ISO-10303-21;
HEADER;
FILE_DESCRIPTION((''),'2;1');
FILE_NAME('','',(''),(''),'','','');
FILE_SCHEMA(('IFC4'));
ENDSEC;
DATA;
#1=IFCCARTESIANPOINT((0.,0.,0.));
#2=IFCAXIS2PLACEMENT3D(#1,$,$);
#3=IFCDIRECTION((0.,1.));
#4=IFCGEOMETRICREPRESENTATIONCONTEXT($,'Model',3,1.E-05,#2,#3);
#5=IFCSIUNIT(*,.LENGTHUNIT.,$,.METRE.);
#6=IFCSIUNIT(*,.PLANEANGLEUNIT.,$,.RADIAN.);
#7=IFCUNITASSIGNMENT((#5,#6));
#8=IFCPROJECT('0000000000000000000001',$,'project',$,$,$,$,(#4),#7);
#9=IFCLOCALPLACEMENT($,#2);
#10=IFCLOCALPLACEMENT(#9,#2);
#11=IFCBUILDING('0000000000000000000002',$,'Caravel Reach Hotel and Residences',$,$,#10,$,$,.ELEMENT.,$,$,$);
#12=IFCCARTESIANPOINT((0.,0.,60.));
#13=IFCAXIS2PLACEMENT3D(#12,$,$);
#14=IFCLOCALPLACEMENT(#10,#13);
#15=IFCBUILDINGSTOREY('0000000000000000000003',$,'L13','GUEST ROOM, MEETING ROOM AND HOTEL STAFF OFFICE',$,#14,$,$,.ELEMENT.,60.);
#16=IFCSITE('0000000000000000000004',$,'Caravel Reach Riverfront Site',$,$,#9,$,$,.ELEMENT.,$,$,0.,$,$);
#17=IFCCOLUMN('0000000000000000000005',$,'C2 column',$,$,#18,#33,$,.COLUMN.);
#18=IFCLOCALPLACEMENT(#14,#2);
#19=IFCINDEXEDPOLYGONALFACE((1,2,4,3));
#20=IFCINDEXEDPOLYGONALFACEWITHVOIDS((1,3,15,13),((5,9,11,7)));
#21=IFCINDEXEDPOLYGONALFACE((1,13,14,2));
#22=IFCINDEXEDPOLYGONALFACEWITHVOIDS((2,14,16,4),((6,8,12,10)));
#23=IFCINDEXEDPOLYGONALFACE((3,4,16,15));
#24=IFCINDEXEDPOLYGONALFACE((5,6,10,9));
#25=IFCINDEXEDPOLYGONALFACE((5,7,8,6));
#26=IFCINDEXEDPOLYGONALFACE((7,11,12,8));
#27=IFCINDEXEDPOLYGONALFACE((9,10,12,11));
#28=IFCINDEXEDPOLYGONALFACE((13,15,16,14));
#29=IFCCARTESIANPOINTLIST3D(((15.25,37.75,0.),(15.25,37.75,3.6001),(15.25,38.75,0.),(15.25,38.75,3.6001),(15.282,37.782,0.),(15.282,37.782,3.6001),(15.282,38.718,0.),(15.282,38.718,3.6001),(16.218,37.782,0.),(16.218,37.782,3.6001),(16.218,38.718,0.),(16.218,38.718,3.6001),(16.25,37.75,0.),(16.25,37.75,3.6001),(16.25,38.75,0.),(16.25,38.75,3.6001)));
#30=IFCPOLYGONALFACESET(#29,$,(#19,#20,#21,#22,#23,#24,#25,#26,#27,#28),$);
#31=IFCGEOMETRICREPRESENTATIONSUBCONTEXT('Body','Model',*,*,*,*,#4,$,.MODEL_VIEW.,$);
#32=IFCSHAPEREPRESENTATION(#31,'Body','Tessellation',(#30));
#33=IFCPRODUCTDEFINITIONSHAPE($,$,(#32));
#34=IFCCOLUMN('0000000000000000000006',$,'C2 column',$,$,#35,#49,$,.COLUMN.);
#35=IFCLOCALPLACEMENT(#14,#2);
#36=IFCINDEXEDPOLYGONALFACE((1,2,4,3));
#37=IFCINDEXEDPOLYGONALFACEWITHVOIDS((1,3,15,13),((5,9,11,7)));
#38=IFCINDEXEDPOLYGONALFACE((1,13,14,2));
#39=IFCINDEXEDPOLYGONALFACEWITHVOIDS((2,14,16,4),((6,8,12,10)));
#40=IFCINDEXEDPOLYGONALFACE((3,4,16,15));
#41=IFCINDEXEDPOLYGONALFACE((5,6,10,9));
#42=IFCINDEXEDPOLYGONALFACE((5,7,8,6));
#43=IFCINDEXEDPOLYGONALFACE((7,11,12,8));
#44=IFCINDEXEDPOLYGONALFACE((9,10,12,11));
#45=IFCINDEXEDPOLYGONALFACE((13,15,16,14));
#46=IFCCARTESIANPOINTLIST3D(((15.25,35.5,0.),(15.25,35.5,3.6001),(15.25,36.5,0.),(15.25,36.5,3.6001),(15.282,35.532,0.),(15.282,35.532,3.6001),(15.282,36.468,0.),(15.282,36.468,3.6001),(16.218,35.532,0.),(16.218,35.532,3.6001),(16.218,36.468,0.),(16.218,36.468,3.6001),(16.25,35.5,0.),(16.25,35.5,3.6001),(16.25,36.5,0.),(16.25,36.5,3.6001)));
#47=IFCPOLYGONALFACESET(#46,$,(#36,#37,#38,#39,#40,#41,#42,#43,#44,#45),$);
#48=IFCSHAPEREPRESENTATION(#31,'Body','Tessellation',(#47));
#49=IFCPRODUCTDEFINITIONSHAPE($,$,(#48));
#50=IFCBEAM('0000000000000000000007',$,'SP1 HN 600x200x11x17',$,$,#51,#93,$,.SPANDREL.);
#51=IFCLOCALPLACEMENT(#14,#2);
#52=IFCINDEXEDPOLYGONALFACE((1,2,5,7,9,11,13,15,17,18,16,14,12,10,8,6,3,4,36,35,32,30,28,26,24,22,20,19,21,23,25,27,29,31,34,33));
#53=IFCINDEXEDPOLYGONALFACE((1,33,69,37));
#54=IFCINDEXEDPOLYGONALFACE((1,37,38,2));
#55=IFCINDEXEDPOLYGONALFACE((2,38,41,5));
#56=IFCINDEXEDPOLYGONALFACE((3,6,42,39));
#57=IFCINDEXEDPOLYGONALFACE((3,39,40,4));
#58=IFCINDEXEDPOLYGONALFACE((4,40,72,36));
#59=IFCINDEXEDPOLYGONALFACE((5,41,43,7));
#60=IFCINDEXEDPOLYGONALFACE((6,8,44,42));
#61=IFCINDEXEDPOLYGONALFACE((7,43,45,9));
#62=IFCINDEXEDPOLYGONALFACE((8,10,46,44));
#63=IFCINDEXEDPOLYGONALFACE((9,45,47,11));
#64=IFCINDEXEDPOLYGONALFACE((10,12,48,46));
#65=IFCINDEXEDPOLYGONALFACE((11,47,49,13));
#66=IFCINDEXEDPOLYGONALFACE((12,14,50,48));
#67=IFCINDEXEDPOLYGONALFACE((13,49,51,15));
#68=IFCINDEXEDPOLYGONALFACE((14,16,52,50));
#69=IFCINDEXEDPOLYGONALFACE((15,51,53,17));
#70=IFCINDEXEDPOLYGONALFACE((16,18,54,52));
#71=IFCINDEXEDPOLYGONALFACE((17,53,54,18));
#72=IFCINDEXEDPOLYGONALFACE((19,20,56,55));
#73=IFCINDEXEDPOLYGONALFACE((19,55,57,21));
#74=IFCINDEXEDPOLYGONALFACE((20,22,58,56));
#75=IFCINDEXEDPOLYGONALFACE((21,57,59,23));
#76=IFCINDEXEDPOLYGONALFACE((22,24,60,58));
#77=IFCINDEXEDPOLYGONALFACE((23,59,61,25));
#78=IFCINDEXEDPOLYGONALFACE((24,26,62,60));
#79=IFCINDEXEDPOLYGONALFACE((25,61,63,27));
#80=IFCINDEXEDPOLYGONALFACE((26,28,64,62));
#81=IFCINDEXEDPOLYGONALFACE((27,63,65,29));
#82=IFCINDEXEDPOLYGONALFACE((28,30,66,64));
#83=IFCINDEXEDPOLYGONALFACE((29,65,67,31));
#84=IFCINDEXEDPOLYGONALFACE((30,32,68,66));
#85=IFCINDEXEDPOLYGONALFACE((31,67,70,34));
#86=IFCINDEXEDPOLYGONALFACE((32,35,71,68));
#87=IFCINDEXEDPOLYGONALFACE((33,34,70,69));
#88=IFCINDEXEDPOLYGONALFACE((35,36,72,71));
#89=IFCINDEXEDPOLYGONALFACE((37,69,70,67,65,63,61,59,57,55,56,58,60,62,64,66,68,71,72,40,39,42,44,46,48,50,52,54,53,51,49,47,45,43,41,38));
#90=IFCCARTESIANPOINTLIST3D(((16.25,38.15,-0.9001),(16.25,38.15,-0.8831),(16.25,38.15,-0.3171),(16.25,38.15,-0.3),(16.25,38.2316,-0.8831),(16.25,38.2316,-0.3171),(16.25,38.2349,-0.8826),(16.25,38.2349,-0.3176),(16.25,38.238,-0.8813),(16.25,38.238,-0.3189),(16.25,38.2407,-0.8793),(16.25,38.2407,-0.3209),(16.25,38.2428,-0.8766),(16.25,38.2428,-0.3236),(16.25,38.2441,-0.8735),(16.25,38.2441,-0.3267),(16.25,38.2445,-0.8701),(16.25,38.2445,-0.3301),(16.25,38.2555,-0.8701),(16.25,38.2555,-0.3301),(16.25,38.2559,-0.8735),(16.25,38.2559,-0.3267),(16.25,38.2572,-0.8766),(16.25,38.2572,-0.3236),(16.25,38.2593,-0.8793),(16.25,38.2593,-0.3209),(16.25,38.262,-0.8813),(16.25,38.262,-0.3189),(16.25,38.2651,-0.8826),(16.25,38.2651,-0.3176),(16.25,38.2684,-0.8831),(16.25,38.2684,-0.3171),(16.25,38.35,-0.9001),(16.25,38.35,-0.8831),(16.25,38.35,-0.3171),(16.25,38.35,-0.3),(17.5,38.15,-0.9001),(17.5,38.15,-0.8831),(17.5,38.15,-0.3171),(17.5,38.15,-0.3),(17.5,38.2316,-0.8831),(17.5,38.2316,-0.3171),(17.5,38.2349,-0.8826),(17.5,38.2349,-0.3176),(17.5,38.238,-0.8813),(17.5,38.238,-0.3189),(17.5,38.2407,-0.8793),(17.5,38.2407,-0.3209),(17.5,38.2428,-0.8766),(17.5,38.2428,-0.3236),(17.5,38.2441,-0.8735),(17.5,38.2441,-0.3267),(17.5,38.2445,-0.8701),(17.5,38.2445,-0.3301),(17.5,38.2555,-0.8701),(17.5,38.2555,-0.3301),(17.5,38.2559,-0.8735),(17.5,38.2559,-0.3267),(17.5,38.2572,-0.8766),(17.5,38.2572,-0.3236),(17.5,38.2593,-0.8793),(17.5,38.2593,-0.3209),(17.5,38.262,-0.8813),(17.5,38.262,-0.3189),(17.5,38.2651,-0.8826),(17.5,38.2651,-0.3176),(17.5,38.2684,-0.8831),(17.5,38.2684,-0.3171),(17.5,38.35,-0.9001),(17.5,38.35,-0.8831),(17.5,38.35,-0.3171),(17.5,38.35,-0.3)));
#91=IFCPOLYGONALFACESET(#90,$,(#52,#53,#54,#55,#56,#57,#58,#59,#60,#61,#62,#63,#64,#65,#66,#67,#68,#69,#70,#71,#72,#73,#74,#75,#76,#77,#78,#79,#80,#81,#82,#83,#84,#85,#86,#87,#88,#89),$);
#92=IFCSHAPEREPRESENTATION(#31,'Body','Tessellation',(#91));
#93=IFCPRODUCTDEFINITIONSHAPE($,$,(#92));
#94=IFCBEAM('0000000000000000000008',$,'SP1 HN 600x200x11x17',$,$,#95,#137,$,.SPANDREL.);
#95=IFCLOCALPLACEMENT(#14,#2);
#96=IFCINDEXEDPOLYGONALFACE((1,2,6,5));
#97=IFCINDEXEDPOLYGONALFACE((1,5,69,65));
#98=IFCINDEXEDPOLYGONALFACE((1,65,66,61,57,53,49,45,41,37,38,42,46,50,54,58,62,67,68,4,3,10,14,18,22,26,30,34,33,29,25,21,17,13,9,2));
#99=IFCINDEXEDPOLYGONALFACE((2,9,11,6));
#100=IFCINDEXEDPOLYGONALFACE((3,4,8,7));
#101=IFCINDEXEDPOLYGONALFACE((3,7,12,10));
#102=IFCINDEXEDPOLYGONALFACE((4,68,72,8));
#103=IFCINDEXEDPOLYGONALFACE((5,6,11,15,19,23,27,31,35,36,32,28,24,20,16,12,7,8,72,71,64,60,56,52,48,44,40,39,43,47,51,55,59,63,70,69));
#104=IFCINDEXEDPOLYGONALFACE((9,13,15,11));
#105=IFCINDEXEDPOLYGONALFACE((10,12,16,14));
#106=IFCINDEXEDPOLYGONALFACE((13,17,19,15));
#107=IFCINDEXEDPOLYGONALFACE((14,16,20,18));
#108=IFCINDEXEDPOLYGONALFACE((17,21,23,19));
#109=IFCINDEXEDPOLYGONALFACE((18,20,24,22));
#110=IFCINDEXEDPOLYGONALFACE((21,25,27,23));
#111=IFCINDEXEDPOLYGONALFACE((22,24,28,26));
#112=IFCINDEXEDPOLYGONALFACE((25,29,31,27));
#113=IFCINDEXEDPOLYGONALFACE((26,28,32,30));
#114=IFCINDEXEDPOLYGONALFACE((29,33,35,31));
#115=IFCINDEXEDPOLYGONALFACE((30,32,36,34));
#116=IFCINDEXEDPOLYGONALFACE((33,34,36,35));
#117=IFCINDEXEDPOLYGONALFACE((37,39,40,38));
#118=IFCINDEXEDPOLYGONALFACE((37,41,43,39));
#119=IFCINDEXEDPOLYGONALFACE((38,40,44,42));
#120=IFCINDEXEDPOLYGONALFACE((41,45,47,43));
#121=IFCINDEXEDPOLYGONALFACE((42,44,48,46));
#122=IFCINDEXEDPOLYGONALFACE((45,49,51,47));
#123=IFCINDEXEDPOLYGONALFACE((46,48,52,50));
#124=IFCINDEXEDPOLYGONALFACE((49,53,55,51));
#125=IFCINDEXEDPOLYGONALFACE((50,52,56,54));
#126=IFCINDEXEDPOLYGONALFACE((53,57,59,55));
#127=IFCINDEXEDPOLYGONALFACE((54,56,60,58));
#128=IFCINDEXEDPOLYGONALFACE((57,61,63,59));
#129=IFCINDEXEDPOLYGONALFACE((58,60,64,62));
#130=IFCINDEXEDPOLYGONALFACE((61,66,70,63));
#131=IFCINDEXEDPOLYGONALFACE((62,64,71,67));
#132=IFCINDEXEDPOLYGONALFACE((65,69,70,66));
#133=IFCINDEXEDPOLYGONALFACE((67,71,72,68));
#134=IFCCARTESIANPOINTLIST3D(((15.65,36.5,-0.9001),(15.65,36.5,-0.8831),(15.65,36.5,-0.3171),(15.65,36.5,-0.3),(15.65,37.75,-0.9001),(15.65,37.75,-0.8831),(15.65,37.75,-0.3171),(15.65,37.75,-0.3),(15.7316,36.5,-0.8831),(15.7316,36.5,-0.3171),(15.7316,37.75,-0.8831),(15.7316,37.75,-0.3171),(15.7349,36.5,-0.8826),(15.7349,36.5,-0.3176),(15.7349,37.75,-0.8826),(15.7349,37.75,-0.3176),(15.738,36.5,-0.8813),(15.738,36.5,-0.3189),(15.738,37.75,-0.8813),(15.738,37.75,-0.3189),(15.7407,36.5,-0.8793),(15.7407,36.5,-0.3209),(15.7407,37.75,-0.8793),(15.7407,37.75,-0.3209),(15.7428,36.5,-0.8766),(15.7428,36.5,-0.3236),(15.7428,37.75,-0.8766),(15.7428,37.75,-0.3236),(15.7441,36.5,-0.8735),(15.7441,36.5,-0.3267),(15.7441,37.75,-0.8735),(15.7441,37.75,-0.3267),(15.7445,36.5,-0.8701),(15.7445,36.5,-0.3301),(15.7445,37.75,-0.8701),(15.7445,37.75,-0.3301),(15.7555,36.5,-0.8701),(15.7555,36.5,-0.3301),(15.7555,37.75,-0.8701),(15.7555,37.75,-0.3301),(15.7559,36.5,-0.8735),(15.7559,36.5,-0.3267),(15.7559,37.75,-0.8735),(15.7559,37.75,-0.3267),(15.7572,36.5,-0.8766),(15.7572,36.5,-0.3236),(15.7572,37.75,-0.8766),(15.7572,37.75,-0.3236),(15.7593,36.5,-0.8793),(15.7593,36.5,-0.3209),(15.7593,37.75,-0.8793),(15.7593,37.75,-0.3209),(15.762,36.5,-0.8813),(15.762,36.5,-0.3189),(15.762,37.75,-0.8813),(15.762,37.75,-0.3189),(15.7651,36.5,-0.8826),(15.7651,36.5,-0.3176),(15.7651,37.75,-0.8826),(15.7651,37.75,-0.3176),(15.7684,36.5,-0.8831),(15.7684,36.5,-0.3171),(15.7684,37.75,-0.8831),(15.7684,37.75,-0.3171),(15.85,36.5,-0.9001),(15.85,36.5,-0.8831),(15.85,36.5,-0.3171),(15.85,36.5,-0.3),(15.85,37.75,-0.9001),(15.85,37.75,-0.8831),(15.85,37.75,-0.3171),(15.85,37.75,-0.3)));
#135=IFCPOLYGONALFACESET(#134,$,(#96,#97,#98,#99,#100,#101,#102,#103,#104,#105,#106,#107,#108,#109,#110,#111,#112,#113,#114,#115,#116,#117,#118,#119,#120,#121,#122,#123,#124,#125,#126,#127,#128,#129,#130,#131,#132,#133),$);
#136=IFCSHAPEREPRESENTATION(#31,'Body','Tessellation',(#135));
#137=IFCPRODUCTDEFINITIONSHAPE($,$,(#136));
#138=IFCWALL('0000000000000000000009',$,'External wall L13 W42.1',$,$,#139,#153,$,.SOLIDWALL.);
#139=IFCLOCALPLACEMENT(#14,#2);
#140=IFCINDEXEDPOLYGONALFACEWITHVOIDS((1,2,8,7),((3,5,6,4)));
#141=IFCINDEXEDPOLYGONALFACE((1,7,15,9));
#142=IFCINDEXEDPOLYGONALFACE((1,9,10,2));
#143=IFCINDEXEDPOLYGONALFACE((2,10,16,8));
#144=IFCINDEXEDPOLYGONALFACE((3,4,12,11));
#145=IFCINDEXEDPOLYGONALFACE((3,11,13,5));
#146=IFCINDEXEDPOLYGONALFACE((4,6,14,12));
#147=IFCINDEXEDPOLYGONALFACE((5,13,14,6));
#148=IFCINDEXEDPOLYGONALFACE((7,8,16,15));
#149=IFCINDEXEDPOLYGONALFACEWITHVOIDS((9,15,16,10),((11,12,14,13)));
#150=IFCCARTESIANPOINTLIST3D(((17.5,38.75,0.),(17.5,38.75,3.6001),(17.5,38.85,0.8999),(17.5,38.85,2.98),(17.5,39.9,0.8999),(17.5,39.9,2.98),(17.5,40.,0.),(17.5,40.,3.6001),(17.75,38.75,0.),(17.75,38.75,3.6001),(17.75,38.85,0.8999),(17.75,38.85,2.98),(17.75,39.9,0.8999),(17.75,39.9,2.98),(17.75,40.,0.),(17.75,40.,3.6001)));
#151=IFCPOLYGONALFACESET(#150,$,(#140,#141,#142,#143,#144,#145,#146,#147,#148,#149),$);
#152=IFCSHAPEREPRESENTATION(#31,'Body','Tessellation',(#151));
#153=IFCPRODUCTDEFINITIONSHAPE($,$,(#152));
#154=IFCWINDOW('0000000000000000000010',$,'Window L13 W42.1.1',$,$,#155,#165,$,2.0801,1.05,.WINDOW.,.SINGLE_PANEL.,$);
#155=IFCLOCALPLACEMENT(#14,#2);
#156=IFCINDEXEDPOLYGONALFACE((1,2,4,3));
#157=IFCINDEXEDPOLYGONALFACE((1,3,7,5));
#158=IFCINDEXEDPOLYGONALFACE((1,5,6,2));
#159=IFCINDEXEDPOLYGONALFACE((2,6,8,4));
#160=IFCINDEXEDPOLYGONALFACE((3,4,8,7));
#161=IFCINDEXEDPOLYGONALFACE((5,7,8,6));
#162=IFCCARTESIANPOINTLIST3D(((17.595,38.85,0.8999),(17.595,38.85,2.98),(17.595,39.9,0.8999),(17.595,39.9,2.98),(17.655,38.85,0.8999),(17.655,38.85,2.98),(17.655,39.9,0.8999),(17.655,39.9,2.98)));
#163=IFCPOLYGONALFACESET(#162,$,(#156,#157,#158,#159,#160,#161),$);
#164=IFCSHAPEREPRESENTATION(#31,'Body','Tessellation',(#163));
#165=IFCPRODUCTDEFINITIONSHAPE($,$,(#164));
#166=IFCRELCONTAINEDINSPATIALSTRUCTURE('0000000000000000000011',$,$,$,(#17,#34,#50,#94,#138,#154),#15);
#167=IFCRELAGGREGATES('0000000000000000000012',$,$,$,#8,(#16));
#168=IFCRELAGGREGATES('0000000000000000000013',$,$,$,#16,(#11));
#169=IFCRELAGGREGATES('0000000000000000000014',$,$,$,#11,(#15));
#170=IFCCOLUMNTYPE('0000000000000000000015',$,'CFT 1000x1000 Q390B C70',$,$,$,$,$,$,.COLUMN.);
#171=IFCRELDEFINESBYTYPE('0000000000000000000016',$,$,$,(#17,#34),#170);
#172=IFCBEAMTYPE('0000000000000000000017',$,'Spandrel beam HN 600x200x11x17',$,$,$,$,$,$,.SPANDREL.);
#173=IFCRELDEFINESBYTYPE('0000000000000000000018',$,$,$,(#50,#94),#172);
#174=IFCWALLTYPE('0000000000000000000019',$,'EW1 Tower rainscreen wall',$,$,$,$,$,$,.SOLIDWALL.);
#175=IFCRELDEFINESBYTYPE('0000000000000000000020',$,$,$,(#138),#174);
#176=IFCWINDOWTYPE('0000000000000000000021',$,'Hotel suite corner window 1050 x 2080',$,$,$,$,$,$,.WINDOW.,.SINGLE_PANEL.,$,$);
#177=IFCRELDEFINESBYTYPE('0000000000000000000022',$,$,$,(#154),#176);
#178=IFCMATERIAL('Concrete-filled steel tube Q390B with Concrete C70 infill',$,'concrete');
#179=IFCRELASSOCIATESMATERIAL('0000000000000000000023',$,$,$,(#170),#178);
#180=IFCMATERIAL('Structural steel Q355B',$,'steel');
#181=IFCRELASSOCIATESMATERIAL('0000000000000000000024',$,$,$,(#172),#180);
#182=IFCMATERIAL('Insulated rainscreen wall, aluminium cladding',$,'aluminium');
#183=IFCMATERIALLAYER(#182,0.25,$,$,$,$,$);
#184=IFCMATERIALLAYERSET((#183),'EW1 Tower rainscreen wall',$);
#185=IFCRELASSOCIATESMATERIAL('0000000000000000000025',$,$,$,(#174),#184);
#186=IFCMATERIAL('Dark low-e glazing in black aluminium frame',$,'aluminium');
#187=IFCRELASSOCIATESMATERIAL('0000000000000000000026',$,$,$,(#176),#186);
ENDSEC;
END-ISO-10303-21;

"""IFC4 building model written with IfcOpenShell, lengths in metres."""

from ifc_helpers import new_model, si_unit, direction, frame, frame_2d, origin, origin_2d, place, context, subcontext, project, spatial, rectangle, hollow_rectangle, i_section, extrude, material, layer, layer_set, material_profile, profile_set, type_object, element, fill, save


model = new_model("IFC4")

# Units and contexts
model_context = context("Model", 3, precision=1e-05, world=origin(), true_north=direction((0.0, 1.0)))
body_context = subcontext(model_context, "Body", "Model", "MODEL_VIEW")
ifc_project = project(units=[si_unit("LENGTHUNIT", "METRE"), si_unit("PLANEANGLEUNIT", "RADIAN")], contexts=[model_context])

# Site, building, storey
site_placement = place(None, origin())
site = spatial("IfcSite", under=ifc_project, at=site_placement, Name="Caravel Reach Riverfront Site", CompositionType="ELEMENT", RefElevation=0.0)
building_placement = place(site_placement, origin())
building = spatial("IfcBuilding", under=site, at=building_placement, Name="Caravel Reach Hotel and Residences", CompositionType="ELEMENT")
storey_placement = place(building_placement, frame((0.0, 0.0, 60.0)))
storey = spatial("IfcBuildingStorey", under=building, at=storey_placement, Name="L13", Description="GUEST ROOM, MEETING ROOM AND HOTEL STAFF OFFICE", CompositionType="ELEMENT", Elevation=60.0)

# Columns
ifc_material_1 = material(Name="Concrete-filled steel tube Q390B with Concrete C70 infill", Category="concrete")
ifc_material_profile_1 = material_profile(ifc_material_1, hollow_rectangle(XDim=1.0, YDim=1.0, WallThickness=0.032, at=origin_2d()), Name="RHS 1000x1000x32")
ifc_profile_set_1 = profile_set([ifc_material_profile_1], Name="Concrete-filled steel tube Q390B with Concrete C70 infill")
column_type = type_object("IfcColumnType", Name="CFT 1000x1000 Q390B C70", PredefinedType="COLUMN", material=ifc_profile_set_1)
for number, where, z_axis, x_axis, name in (
    (1, (15.75, 38.25, 0.0), (0.0, 0.0, 1.0), (1.0, 0.0, 0.0), "C2 column"),
    (2, (15.75, 36.0, 0.0), (0.0, 0.0, 1.0), (1.0, 0.0, 0.0), "C2 column"),
):
    element("IfcColumn", number, at=place(storey_placement, frame(where, z_axis=z_axis, x_axis=x_axis)), inside=storey, type_object=column_type, Name=name, PredefinedType="COLUMN", context=body_context, shape_type="SweptSolid", body=[
        extrude(hollow_rectangle(XDim=1.0, YDim=1.0, WallThickness=0.032, at=origin_2d()), origin(), (0.0, 0.0, 1.0), 3.6001),
    ])

# Beams
ifc_material_2 = material(Name="Structural steel Q355B", Category="steel")
ifc_material_profile_2 = material_profile(ifc_material_2, i_section(OverallWidth=0.2, OverallDepth=0.6001, WebThickness=0.011, FlangeThickness=0.0171, FilletRadius=0.0129, at=origin_2d()), Name="HN 600x200x11x17")
ifc_profile_set_2 = profile_set([ifc_material_profile_2], Name="Structural steel Q355B")
beam_type = type_object("IfcBeamType", Name="Spandrel beam HN 600x200x11x17", PredefinedType="SPANDREL", material=ifc_profile_set_2)
for number, where, z_axis, x_axis, name in (
    (3, (17.5, 38.25, -0.6001), (-1.0, 0.0, 0.0), (0.0, -1.0, 0.0), "SP1 HN 600x200x11x17"),
    (4, (15.75, 37.75, -0.6001), (0.0, -1.0, 0.0), (1.0, 0.0, 0.0), "SP1 HN 600x200x11x17"),
):
    element("IfcBeam", number, at=place(storey_placement, frame(where, z_axis=z_axis, x_axis=x_axis)), inside=storey, type_object=beam_type, Name=name, PredefinedType="SPANDREL", context=body_context, shape_type="SweptSolid", body=[
        extrude(i_section(OverallWidth=0.2, OverallDepth=0.6001, WebThickness=0.011, FlangeThickness=0.0171, FilletRadius=0.0129, at=origin_2d()), origin(), (0.0, 0.0, 1.0), 1.25),
    ])

# Wall, opening, window
ifc_material_3 = material(Name="Insulated rainscreen wall, aluminium cladding", Category="aluminium")
ifc_layer = layer(ifc_material_3, 0.25)
ifc_layer_set = layer_set([ifc_layer], Name="EW1 Tower rainscreen wall")
wall_type = type_object("IfcWallType", Name="EW1 Tower rainscreen wall", PredefinedType="SOLIDWALL", material=ifc_layer_set)
wall_1_placement = place(storey_placement, frame((17.625, 40.0, 0.0), z_axis=(0.0, 0.0, 1.0), x_axis=(0.0, -1.0, 0.0)))
wall_1 = element("IfcWall", 5, at=wall_1_placement, inside=storey, type_object=wall_type, Name="External wall L13 W42.1", PredefinedType="SOLIDWALL", context=body_context, shape_type="SweptSolid", body=[
    extrude(rectangle(XDim=1.25, YDim=0.25, at=frame_2d((0.625, 0.0))), origin(), (0.0, 0.0, 1.0), 3.6001),
])
opening_1_placement = place(wall_1_placement, frame((0.1001, 0.0, 0.8999)))
opening_1 = element("IfcOpeningElement", 6, at=opening_1_placement, cuts=wall_1, PredefinedType="OPENING", context=body_context, shape_type="SweptSolid", body=[
    extrude(rectangle(XDim=1.05, YDim=2.0801, at=frame_2d((0.5249, 1.04))), frame((0.0, 0.135, 0.0), z_axis=(0.0, -1.0, 0.0), x_axis=(1.0, 0.0, 0.0)), (0.0, 0.0, 1.0), 0.27),
])
ifc_material_4 = material(Name="Dark low-e glazing in black aluminium frame", Category="aluminium")
window_type_1 = type_object("IfcWindowType", Name="Hotel suite corner window 1050 x 2080", PartitioningType="SINGLE_PANEL", PredefinedType="WINDOW", material=ifc_material_4)
window_1_placement = place(opening_1_placement, origin())
window_1 = element("IfcWindow", 7, at=window_1_placement, inside=storey, type_object=window_type_1, Name="Window L13 W42.1.1", OverallHeight=2.0801, OverallWidth=1.05, PartitioningType="SINGLE_PANEL", PredefinedType="WINDOW", context=body_context, shape_type="SweptSolid", body=[
    extrude(rectangle(XDim=1.05, YDim=2.0801, at=frame_2d((0.5249, 1.04))), frame((0.0, 0.03, 0.0), z_axis=(0.0, -1.0, 0.0), x_axis=(1.0, 0.0, 0.0)), (0.0, 0.0, 1.0), 0.0601),
])
fill(opening_1, window_1)

save(model, "model.ifc")
